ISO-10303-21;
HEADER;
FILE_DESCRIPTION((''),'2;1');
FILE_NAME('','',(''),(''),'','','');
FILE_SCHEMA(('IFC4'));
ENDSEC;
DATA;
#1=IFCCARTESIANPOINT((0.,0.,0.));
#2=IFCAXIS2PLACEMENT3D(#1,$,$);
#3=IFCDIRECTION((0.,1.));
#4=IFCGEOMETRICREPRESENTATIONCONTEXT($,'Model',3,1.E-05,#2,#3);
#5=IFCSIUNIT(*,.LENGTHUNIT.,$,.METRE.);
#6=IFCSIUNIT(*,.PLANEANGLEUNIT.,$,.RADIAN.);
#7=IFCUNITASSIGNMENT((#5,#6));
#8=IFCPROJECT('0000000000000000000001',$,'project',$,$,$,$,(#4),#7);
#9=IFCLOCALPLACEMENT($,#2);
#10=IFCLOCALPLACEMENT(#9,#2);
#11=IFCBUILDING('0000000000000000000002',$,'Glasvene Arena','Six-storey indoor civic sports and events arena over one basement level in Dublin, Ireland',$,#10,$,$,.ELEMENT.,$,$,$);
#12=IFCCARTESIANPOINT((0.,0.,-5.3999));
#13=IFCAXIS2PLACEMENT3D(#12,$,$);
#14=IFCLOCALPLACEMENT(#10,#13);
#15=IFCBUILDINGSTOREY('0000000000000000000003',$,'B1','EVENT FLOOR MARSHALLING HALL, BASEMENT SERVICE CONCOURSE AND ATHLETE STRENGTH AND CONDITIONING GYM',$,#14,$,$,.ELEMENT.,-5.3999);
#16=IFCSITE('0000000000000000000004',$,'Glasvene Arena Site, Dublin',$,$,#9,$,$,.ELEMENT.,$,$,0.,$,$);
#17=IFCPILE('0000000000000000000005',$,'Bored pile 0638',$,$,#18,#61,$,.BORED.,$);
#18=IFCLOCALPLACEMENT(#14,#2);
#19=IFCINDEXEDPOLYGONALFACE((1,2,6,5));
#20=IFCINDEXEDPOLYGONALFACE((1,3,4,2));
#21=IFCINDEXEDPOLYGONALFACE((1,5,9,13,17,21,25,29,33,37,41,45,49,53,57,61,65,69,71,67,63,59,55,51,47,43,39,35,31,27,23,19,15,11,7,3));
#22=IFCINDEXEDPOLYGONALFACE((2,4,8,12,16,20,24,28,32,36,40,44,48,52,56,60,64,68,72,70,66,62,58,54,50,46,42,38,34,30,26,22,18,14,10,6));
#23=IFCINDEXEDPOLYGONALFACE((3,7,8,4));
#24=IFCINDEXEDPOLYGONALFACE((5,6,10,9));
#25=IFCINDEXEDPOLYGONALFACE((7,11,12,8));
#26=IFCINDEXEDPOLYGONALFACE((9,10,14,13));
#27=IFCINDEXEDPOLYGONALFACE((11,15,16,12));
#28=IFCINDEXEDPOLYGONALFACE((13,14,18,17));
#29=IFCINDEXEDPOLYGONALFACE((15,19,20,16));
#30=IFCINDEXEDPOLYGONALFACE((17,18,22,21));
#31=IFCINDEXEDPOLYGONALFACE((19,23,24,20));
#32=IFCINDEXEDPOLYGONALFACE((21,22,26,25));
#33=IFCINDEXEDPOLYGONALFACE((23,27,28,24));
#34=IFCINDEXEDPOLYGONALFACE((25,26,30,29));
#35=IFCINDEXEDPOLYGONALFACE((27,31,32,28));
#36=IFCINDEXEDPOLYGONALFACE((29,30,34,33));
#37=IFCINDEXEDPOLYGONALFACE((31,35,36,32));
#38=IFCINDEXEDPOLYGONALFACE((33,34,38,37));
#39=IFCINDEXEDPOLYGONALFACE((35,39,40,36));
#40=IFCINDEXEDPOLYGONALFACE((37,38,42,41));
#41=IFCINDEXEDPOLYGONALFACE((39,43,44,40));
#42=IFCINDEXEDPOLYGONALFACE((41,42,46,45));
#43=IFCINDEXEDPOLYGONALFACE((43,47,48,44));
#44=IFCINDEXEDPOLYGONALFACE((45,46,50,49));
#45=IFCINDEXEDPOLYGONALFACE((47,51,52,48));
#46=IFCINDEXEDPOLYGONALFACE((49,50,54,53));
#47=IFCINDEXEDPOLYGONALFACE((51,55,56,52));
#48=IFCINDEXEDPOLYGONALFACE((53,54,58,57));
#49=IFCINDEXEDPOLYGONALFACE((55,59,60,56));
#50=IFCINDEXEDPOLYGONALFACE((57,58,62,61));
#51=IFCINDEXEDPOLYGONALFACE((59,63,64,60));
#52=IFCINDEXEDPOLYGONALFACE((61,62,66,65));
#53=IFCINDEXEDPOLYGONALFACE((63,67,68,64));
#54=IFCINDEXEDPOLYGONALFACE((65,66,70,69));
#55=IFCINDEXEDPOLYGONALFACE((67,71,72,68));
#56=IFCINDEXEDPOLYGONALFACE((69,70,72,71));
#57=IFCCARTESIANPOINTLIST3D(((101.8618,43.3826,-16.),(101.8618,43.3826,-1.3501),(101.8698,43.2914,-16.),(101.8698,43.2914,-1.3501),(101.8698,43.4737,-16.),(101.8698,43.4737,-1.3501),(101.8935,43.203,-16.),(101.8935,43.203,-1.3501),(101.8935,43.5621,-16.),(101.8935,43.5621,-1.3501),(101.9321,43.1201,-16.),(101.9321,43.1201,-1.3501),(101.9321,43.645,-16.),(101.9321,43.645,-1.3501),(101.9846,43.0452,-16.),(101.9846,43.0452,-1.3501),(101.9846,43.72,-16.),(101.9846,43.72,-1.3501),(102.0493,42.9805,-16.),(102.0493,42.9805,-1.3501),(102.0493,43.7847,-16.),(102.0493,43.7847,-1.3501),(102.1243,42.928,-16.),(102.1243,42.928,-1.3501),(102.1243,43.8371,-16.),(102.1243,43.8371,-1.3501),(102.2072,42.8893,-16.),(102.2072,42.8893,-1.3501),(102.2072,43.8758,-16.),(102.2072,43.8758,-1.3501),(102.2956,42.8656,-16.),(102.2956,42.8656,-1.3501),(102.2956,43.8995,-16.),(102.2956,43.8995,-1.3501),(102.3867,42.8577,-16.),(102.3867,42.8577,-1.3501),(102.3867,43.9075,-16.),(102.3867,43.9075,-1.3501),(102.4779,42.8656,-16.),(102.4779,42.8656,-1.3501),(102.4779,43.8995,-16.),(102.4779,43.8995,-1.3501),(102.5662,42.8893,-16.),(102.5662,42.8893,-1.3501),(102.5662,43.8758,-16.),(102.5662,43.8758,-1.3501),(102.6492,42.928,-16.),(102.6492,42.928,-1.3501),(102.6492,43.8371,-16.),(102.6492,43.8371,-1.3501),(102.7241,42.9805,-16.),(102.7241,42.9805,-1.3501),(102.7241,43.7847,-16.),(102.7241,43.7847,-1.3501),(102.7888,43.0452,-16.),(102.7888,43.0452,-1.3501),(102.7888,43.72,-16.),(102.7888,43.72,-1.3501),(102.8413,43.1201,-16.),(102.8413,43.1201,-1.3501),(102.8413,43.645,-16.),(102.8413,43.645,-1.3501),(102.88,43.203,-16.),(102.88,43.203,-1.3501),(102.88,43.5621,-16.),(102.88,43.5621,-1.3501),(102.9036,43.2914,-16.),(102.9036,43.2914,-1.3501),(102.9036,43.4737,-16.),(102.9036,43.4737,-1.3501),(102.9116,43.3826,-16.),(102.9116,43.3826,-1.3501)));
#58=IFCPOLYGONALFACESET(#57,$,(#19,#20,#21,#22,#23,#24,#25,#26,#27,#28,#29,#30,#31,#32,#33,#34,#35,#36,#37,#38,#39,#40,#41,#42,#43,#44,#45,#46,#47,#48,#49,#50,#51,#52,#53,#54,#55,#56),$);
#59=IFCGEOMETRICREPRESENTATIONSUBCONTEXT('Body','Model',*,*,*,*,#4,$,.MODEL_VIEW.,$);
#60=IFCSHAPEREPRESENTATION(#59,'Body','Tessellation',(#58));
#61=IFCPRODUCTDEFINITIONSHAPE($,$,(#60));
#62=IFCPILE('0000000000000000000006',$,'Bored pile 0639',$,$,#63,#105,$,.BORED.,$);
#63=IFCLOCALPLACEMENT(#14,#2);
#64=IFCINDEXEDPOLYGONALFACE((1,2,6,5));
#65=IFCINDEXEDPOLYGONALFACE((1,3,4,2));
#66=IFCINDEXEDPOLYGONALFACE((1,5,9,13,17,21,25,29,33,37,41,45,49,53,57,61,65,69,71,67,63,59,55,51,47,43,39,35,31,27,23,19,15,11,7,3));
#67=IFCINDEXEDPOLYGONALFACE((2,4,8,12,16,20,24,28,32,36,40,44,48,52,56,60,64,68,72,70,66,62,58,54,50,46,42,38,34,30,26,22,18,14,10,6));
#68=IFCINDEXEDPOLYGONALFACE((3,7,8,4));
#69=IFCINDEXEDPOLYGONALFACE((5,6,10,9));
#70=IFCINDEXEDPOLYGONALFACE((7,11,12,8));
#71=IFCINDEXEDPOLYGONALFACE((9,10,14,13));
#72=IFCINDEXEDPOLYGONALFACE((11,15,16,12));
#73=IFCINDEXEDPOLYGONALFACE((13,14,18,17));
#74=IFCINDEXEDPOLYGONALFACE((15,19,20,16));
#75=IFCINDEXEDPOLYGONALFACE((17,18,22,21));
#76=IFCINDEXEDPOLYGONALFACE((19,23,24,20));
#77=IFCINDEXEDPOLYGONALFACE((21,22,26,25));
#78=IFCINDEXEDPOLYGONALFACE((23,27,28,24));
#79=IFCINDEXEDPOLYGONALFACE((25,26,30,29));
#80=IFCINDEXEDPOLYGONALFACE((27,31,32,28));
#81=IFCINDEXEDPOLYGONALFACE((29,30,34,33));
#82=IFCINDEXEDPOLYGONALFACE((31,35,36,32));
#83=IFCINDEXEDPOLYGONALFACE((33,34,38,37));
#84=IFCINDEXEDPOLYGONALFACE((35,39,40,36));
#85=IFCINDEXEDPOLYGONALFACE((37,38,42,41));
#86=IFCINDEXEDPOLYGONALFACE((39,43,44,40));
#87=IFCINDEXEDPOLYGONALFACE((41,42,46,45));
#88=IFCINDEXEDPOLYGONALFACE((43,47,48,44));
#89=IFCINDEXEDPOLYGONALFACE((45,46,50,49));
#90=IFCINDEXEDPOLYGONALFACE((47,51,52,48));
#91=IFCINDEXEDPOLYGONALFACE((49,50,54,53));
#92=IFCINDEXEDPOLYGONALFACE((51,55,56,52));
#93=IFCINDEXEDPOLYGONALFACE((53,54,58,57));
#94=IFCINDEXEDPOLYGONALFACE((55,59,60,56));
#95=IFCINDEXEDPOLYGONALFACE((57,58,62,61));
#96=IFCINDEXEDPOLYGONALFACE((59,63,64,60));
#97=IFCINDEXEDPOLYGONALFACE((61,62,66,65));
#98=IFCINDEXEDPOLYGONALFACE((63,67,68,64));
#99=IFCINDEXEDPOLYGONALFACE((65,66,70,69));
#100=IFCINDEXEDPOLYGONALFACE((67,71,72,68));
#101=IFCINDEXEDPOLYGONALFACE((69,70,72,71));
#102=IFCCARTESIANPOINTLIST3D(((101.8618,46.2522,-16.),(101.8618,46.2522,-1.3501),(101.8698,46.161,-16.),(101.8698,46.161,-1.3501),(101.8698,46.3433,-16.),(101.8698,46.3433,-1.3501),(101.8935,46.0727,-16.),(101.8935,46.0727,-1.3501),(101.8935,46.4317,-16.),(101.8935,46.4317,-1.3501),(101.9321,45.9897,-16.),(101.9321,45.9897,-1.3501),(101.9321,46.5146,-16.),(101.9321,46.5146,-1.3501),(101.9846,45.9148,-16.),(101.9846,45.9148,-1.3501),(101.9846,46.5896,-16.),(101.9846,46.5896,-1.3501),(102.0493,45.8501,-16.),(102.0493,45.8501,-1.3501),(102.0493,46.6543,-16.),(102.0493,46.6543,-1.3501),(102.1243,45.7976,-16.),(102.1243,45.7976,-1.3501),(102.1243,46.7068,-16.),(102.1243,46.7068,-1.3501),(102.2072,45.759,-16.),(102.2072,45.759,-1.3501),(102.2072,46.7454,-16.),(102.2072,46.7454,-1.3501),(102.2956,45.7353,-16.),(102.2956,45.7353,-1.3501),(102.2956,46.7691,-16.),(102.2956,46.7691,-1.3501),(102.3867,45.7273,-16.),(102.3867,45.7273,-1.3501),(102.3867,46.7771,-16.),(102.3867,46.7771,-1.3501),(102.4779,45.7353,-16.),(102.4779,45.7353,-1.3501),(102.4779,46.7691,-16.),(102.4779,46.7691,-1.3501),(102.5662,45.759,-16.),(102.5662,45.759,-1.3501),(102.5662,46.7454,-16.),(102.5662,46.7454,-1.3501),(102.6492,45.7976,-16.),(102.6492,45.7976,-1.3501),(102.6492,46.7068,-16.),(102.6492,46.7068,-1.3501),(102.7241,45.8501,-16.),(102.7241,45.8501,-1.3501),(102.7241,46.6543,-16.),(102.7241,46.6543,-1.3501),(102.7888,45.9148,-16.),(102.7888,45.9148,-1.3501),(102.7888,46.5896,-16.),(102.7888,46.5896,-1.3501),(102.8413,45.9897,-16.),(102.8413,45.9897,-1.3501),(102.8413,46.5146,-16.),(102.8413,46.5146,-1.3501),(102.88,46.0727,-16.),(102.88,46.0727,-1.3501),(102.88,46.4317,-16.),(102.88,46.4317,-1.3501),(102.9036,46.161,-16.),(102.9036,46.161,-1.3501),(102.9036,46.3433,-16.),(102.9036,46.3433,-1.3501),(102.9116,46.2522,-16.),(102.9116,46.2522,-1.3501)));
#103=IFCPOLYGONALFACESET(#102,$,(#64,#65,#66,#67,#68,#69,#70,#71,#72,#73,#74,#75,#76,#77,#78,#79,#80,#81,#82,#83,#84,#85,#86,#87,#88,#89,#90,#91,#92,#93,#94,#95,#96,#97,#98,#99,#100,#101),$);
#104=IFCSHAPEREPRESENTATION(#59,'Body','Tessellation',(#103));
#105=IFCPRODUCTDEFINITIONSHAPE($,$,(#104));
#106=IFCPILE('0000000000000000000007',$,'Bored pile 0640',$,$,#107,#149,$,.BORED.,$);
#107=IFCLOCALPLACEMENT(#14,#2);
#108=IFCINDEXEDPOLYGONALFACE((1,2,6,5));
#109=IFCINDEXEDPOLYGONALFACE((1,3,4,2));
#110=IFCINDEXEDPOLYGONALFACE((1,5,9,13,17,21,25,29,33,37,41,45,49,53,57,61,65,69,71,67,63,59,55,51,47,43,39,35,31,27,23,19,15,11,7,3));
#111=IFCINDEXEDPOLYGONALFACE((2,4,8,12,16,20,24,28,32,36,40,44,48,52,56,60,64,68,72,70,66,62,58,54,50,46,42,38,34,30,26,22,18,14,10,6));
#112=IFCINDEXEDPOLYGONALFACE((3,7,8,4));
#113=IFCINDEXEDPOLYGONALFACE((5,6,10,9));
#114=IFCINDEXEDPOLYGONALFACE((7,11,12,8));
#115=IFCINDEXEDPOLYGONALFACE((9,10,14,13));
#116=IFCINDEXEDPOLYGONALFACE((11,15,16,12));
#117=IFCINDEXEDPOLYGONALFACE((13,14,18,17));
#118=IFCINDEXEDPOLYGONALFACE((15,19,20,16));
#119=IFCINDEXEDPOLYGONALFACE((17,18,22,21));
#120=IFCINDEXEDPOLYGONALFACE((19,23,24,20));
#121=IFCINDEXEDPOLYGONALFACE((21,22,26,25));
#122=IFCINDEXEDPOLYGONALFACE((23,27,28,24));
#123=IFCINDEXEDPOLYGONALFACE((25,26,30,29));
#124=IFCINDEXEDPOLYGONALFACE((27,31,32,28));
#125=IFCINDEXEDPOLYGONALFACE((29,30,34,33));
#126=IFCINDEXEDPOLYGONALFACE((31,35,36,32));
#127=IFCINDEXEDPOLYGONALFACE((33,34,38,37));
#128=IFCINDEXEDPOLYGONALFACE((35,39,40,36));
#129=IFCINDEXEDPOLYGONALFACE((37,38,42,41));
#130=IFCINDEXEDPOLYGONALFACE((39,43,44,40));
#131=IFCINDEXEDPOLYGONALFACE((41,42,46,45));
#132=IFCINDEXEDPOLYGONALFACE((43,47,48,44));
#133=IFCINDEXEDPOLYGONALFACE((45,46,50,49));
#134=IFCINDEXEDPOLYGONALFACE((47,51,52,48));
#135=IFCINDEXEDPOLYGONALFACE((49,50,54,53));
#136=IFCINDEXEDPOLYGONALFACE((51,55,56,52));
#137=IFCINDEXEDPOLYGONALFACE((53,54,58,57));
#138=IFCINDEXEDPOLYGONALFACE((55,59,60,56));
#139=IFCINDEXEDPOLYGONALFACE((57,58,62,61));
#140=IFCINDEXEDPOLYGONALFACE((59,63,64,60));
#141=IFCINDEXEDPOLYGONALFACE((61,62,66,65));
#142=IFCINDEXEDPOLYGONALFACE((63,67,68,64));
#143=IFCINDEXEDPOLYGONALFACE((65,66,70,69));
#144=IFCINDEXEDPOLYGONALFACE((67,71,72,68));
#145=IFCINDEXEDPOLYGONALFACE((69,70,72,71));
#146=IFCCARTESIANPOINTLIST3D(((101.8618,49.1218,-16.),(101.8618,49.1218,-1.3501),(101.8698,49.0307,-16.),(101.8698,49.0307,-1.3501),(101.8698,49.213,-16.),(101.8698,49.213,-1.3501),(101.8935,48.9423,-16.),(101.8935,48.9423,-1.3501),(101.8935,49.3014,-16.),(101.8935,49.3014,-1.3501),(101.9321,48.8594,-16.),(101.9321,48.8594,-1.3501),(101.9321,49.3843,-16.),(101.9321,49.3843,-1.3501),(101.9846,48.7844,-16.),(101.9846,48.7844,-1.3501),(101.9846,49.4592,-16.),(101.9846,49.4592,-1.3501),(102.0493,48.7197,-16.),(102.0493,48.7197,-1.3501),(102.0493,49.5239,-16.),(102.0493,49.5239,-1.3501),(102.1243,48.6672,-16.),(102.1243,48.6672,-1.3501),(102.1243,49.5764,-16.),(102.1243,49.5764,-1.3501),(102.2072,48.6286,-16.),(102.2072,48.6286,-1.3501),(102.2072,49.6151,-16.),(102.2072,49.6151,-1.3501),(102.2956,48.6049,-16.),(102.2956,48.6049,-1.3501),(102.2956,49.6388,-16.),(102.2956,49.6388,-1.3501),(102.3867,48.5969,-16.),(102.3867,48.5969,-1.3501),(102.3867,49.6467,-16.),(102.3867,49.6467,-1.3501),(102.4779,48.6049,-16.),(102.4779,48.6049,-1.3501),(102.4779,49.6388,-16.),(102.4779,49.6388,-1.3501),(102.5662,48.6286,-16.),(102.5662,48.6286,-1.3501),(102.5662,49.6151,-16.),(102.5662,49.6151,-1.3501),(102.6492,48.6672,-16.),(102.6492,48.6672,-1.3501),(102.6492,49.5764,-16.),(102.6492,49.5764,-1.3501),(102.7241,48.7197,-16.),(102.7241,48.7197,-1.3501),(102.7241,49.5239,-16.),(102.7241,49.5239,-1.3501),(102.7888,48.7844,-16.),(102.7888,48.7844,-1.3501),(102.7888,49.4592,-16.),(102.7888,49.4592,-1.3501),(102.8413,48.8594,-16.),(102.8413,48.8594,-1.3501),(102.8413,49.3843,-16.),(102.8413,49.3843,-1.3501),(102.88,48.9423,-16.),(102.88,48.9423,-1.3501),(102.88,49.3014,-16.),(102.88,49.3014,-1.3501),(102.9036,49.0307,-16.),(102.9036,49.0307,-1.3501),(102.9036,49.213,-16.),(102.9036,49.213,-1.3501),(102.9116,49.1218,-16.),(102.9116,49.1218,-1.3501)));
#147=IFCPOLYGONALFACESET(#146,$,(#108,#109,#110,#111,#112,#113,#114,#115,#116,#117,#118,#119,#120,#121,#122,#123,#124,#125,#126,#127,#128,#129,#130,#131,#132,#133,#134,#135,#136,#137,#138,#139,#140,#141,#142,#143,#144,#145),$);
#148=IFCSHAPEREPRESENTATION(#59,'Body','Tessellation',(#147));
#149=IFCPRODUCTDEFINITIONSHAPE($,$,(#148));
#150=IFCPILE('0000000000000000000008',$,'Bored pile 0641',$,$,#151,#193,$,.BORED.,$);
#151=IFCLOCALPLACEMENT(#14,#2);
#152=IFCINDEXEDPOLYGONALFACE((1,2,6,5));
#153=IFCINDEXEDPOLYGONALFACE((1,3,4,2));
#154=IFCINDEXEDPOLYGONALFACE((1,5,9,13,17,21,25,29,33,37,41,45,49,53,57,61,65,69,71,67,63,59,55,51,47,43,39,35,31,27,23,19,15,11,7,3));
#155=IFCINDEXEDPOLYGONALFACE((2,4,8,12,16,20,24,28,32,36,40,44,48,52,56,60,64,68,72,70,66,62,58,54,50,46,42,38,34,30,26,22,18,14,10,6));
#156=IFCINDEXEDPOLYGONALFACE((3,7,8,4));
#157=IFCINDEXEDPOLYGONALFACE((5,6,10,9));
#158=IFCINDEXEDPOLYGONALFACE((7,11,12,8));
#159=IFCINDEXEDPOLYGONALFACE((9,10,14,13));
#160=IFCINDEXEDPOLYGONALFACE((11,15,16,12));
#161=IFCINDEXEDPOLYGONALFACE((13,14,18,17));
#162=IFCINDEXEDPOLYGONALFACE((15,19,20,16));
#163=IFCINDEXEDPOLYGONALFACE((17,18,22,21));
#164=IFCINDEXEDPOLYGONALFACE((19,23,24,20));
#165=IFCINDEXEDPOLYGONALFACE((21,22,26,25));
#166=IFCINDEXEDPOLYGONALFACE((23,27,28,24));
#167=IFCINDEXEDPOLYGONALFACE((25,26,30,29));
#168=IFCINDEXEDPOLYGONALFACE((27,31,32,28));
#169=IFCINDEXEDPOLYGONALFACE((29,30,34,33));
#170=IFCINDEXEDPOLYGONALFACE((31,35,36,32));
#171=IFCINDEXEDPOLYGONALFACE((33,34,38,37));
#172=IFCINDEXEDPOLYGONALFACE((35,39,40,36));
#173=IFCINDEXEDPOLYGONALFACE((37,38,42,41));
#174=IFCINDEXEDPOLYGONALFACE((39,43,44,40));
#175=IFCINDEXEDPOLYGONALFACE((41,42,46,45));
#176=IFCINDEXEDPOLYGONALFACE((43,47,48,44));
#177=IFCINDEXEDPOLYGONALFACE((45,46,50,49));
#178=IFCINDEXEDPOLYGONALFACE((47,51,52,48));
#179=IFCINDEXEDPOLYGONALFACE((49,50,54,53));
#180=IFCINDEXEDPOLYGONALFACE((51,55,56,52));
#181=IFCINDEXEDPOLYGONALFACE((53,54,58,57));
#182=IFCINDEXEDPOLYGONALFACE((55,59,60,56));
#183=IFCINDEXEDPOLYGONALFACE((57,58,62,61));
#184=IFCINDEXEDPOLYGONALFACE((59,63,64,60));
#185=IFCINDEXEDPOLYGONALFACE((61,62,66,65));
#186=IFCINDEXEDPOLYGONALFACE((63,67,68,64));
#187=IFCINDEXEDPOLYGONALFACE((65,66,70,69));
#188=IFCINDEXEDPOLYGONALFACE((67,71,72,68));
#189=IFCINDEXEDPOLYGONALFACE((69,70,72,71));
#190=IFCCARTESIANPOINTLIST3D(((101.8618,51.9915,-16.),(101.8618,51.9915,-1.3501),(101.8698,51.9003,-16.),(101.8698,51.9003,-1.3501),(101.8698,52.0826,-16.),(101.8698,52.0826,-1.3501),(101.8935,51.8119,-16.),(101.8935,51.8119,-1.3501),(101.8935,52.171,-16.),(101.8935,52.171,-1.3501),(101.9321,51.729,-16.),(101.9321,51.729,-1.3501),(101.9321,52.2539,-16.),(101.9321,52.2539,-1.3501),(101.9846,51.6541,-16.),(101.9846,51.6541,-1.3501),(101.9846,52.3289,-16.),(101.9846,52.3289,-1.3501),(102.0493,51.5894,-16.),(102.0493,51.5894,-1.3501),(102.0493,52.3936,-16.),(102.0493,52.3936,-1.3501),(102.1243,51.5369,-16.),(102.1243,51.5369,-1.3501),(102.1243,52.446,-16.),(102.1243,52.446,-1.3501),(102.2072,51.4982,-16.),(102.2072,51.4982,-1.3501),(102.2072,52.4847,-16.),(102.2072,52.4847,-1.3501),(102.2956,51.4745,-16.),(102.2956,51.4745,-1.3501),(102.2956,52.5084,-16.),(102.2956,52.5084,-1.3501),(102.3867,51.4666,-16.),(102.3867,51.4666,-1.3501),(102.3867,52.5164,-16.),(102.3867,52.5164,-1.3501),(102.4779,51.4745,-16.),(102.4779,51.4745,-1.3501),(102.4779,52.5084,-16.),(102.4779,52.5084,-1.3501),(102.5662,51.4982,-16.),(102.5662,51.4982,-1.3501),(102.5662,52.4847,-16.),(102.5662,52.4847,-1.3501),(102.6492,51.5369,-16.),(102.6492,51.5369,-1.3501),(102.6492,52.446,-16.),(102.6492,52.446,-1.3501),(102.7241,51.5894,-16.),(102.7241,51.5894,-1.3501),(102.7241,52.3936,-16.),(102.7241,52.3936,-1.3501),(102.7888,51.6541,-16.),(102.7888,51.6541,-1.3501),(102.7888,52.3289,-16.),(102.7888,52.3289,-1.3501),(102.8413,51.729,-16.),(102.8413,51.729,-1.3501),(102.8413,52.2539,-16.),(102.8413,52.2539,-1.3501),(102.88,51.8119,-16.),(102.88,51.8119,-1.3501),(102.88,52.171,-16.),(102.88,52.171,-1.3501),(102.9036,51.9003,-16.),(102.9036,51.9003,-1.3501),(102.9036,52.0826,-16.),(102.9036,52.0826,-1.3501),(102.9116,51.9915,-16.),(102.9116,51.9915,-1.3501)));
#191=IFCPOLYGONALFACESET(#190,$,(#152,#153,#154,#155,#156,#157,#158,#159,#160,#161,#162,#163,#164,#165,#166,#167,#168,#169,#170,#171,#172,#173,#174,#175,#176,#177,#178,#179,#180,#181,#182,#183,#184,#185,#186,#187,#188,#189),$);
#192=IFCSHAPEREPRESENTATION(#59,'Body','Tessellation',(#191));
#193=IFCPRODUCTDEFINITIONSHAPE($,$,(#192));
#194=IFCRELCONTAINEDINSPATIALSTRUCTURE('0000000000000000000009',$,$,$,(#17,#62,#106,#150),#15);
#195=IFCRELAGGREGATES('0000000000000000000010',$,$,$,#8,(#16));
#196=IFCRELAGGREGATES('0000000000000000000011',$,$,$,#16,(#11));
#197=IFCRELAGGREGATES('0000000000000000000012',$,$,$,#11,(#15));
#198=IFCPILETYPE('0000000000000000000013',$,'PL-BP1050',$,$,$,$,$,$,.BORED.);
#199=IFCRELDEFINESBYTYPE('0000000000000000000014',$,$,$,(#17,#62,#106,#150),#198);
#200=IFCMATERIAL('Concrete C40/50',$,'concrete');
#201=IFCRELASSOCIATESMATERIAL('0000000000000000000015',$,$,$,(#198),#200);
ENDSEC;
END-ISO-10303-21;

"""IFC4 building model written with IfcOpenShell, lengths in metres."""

from ifc_helpers import new_model, si_unit, direction, frame, origin, origin_2d, place, context, subcontext, project, spatial, circle, extrude, material, material_profile, profile_set, type_object, element, save


model = new_model("IFC4")

# Units and contexts
model_context = context("Model", 3, precision=1e-05, world=origin(), true_north=direction((0.0, 1.0)))
body_context = subcontext(model_context, "Body", "Model", "MODEL_VIEW")
ifc_project = project(units=[si_unit("LENGTHUNIT", "METRE"), si_unit("PLANEANGLEUNIT", "RADIAN")], contexts=[model_context])

# Site, building, storey
site_placement = place(None, origin())
site = spatial("IfcSite", under=ifc_project, at=site_placement, Name="Glasvene Arena Site, Dublin", CompositionType="ELEMENT", RefElevation=0.0)
building_placement = place(site_placement, origin())
building = spatial("IfcBuilding", under=site, at=building_placement, Name="Glasvene Arena", Description="Six-storey indoor civic sports and events arena over one basement level in Dublin, Ireland", CompositionType="ELEMENT")
storey_placement = place(building_placement, frame((0.0, 0.0, -5.3999)))
storey = spatial("IfcBuildingStorey", under=building, at=storey_placement, Name="B1", Description="EVENT FLOOR MARSHALLING HALL, BASEMENT SERVICE CONCOURSE AND ATHLETE STRENGTH AND CONDITIONING GYM", CompositionType="ELEMENT", Elevation=-5.3999)

# Piles
ifc_material_1 = material(Name="Concrete C40/50", Category="concrete")
ifc_material_profile_1 = material_profile(ifc_material_1, circle(Radius=0.5249, at=origin_2d()), Name="BORED PILE 1050")
ifc_profile_set_1 = profile_set([ifc_material_profile_1], Name="Concrete C40/50")
pile_type = type_object("IfcPileType", Name="PL-BP1050", PredefinedType="BORED", material=ifc_profile_set_1)
for number, where, z_axis, x_axis, name in (
    (1, (102.3867, 43.3826, -1.3501), (0.0, 0.0, -1.0), (1.0, 0.0, 0.0), "Bored pile 0638"),
    (2, (102.3867, 46.2522, -1.3501), (0.0, 0.0, -1.0), (1.0, 0.0, 0.0), "Bored pile 0639"),
    (3, (102.3867, 49.1218, -1.3501), (0.0, 0.0, -1.0), (1.0, 0.0, 0.0), "Bored pile 0640"),
    (4, (102.3867, 51.9915, -1.3501), (0.0, 0.0, -1.0), (1.0, 0.0, 0.0), "Bored pile 0641"),
):
    element("IfcPile", number, at=place(storey_placement, frame(where, z_axis=z_axis, x_axis=x_axis)), inside=storey, type_object=pile_type, Name=name, PredefinedType="BORED", context=body_context, shape_type="SweptSolid", body=[
        extrude(circle(Radius=0.5249, at=origin_2d()), origin(), (0.0, 0.0, 1.0), 14.6499),
    ])

save(model, "model.ifc")
